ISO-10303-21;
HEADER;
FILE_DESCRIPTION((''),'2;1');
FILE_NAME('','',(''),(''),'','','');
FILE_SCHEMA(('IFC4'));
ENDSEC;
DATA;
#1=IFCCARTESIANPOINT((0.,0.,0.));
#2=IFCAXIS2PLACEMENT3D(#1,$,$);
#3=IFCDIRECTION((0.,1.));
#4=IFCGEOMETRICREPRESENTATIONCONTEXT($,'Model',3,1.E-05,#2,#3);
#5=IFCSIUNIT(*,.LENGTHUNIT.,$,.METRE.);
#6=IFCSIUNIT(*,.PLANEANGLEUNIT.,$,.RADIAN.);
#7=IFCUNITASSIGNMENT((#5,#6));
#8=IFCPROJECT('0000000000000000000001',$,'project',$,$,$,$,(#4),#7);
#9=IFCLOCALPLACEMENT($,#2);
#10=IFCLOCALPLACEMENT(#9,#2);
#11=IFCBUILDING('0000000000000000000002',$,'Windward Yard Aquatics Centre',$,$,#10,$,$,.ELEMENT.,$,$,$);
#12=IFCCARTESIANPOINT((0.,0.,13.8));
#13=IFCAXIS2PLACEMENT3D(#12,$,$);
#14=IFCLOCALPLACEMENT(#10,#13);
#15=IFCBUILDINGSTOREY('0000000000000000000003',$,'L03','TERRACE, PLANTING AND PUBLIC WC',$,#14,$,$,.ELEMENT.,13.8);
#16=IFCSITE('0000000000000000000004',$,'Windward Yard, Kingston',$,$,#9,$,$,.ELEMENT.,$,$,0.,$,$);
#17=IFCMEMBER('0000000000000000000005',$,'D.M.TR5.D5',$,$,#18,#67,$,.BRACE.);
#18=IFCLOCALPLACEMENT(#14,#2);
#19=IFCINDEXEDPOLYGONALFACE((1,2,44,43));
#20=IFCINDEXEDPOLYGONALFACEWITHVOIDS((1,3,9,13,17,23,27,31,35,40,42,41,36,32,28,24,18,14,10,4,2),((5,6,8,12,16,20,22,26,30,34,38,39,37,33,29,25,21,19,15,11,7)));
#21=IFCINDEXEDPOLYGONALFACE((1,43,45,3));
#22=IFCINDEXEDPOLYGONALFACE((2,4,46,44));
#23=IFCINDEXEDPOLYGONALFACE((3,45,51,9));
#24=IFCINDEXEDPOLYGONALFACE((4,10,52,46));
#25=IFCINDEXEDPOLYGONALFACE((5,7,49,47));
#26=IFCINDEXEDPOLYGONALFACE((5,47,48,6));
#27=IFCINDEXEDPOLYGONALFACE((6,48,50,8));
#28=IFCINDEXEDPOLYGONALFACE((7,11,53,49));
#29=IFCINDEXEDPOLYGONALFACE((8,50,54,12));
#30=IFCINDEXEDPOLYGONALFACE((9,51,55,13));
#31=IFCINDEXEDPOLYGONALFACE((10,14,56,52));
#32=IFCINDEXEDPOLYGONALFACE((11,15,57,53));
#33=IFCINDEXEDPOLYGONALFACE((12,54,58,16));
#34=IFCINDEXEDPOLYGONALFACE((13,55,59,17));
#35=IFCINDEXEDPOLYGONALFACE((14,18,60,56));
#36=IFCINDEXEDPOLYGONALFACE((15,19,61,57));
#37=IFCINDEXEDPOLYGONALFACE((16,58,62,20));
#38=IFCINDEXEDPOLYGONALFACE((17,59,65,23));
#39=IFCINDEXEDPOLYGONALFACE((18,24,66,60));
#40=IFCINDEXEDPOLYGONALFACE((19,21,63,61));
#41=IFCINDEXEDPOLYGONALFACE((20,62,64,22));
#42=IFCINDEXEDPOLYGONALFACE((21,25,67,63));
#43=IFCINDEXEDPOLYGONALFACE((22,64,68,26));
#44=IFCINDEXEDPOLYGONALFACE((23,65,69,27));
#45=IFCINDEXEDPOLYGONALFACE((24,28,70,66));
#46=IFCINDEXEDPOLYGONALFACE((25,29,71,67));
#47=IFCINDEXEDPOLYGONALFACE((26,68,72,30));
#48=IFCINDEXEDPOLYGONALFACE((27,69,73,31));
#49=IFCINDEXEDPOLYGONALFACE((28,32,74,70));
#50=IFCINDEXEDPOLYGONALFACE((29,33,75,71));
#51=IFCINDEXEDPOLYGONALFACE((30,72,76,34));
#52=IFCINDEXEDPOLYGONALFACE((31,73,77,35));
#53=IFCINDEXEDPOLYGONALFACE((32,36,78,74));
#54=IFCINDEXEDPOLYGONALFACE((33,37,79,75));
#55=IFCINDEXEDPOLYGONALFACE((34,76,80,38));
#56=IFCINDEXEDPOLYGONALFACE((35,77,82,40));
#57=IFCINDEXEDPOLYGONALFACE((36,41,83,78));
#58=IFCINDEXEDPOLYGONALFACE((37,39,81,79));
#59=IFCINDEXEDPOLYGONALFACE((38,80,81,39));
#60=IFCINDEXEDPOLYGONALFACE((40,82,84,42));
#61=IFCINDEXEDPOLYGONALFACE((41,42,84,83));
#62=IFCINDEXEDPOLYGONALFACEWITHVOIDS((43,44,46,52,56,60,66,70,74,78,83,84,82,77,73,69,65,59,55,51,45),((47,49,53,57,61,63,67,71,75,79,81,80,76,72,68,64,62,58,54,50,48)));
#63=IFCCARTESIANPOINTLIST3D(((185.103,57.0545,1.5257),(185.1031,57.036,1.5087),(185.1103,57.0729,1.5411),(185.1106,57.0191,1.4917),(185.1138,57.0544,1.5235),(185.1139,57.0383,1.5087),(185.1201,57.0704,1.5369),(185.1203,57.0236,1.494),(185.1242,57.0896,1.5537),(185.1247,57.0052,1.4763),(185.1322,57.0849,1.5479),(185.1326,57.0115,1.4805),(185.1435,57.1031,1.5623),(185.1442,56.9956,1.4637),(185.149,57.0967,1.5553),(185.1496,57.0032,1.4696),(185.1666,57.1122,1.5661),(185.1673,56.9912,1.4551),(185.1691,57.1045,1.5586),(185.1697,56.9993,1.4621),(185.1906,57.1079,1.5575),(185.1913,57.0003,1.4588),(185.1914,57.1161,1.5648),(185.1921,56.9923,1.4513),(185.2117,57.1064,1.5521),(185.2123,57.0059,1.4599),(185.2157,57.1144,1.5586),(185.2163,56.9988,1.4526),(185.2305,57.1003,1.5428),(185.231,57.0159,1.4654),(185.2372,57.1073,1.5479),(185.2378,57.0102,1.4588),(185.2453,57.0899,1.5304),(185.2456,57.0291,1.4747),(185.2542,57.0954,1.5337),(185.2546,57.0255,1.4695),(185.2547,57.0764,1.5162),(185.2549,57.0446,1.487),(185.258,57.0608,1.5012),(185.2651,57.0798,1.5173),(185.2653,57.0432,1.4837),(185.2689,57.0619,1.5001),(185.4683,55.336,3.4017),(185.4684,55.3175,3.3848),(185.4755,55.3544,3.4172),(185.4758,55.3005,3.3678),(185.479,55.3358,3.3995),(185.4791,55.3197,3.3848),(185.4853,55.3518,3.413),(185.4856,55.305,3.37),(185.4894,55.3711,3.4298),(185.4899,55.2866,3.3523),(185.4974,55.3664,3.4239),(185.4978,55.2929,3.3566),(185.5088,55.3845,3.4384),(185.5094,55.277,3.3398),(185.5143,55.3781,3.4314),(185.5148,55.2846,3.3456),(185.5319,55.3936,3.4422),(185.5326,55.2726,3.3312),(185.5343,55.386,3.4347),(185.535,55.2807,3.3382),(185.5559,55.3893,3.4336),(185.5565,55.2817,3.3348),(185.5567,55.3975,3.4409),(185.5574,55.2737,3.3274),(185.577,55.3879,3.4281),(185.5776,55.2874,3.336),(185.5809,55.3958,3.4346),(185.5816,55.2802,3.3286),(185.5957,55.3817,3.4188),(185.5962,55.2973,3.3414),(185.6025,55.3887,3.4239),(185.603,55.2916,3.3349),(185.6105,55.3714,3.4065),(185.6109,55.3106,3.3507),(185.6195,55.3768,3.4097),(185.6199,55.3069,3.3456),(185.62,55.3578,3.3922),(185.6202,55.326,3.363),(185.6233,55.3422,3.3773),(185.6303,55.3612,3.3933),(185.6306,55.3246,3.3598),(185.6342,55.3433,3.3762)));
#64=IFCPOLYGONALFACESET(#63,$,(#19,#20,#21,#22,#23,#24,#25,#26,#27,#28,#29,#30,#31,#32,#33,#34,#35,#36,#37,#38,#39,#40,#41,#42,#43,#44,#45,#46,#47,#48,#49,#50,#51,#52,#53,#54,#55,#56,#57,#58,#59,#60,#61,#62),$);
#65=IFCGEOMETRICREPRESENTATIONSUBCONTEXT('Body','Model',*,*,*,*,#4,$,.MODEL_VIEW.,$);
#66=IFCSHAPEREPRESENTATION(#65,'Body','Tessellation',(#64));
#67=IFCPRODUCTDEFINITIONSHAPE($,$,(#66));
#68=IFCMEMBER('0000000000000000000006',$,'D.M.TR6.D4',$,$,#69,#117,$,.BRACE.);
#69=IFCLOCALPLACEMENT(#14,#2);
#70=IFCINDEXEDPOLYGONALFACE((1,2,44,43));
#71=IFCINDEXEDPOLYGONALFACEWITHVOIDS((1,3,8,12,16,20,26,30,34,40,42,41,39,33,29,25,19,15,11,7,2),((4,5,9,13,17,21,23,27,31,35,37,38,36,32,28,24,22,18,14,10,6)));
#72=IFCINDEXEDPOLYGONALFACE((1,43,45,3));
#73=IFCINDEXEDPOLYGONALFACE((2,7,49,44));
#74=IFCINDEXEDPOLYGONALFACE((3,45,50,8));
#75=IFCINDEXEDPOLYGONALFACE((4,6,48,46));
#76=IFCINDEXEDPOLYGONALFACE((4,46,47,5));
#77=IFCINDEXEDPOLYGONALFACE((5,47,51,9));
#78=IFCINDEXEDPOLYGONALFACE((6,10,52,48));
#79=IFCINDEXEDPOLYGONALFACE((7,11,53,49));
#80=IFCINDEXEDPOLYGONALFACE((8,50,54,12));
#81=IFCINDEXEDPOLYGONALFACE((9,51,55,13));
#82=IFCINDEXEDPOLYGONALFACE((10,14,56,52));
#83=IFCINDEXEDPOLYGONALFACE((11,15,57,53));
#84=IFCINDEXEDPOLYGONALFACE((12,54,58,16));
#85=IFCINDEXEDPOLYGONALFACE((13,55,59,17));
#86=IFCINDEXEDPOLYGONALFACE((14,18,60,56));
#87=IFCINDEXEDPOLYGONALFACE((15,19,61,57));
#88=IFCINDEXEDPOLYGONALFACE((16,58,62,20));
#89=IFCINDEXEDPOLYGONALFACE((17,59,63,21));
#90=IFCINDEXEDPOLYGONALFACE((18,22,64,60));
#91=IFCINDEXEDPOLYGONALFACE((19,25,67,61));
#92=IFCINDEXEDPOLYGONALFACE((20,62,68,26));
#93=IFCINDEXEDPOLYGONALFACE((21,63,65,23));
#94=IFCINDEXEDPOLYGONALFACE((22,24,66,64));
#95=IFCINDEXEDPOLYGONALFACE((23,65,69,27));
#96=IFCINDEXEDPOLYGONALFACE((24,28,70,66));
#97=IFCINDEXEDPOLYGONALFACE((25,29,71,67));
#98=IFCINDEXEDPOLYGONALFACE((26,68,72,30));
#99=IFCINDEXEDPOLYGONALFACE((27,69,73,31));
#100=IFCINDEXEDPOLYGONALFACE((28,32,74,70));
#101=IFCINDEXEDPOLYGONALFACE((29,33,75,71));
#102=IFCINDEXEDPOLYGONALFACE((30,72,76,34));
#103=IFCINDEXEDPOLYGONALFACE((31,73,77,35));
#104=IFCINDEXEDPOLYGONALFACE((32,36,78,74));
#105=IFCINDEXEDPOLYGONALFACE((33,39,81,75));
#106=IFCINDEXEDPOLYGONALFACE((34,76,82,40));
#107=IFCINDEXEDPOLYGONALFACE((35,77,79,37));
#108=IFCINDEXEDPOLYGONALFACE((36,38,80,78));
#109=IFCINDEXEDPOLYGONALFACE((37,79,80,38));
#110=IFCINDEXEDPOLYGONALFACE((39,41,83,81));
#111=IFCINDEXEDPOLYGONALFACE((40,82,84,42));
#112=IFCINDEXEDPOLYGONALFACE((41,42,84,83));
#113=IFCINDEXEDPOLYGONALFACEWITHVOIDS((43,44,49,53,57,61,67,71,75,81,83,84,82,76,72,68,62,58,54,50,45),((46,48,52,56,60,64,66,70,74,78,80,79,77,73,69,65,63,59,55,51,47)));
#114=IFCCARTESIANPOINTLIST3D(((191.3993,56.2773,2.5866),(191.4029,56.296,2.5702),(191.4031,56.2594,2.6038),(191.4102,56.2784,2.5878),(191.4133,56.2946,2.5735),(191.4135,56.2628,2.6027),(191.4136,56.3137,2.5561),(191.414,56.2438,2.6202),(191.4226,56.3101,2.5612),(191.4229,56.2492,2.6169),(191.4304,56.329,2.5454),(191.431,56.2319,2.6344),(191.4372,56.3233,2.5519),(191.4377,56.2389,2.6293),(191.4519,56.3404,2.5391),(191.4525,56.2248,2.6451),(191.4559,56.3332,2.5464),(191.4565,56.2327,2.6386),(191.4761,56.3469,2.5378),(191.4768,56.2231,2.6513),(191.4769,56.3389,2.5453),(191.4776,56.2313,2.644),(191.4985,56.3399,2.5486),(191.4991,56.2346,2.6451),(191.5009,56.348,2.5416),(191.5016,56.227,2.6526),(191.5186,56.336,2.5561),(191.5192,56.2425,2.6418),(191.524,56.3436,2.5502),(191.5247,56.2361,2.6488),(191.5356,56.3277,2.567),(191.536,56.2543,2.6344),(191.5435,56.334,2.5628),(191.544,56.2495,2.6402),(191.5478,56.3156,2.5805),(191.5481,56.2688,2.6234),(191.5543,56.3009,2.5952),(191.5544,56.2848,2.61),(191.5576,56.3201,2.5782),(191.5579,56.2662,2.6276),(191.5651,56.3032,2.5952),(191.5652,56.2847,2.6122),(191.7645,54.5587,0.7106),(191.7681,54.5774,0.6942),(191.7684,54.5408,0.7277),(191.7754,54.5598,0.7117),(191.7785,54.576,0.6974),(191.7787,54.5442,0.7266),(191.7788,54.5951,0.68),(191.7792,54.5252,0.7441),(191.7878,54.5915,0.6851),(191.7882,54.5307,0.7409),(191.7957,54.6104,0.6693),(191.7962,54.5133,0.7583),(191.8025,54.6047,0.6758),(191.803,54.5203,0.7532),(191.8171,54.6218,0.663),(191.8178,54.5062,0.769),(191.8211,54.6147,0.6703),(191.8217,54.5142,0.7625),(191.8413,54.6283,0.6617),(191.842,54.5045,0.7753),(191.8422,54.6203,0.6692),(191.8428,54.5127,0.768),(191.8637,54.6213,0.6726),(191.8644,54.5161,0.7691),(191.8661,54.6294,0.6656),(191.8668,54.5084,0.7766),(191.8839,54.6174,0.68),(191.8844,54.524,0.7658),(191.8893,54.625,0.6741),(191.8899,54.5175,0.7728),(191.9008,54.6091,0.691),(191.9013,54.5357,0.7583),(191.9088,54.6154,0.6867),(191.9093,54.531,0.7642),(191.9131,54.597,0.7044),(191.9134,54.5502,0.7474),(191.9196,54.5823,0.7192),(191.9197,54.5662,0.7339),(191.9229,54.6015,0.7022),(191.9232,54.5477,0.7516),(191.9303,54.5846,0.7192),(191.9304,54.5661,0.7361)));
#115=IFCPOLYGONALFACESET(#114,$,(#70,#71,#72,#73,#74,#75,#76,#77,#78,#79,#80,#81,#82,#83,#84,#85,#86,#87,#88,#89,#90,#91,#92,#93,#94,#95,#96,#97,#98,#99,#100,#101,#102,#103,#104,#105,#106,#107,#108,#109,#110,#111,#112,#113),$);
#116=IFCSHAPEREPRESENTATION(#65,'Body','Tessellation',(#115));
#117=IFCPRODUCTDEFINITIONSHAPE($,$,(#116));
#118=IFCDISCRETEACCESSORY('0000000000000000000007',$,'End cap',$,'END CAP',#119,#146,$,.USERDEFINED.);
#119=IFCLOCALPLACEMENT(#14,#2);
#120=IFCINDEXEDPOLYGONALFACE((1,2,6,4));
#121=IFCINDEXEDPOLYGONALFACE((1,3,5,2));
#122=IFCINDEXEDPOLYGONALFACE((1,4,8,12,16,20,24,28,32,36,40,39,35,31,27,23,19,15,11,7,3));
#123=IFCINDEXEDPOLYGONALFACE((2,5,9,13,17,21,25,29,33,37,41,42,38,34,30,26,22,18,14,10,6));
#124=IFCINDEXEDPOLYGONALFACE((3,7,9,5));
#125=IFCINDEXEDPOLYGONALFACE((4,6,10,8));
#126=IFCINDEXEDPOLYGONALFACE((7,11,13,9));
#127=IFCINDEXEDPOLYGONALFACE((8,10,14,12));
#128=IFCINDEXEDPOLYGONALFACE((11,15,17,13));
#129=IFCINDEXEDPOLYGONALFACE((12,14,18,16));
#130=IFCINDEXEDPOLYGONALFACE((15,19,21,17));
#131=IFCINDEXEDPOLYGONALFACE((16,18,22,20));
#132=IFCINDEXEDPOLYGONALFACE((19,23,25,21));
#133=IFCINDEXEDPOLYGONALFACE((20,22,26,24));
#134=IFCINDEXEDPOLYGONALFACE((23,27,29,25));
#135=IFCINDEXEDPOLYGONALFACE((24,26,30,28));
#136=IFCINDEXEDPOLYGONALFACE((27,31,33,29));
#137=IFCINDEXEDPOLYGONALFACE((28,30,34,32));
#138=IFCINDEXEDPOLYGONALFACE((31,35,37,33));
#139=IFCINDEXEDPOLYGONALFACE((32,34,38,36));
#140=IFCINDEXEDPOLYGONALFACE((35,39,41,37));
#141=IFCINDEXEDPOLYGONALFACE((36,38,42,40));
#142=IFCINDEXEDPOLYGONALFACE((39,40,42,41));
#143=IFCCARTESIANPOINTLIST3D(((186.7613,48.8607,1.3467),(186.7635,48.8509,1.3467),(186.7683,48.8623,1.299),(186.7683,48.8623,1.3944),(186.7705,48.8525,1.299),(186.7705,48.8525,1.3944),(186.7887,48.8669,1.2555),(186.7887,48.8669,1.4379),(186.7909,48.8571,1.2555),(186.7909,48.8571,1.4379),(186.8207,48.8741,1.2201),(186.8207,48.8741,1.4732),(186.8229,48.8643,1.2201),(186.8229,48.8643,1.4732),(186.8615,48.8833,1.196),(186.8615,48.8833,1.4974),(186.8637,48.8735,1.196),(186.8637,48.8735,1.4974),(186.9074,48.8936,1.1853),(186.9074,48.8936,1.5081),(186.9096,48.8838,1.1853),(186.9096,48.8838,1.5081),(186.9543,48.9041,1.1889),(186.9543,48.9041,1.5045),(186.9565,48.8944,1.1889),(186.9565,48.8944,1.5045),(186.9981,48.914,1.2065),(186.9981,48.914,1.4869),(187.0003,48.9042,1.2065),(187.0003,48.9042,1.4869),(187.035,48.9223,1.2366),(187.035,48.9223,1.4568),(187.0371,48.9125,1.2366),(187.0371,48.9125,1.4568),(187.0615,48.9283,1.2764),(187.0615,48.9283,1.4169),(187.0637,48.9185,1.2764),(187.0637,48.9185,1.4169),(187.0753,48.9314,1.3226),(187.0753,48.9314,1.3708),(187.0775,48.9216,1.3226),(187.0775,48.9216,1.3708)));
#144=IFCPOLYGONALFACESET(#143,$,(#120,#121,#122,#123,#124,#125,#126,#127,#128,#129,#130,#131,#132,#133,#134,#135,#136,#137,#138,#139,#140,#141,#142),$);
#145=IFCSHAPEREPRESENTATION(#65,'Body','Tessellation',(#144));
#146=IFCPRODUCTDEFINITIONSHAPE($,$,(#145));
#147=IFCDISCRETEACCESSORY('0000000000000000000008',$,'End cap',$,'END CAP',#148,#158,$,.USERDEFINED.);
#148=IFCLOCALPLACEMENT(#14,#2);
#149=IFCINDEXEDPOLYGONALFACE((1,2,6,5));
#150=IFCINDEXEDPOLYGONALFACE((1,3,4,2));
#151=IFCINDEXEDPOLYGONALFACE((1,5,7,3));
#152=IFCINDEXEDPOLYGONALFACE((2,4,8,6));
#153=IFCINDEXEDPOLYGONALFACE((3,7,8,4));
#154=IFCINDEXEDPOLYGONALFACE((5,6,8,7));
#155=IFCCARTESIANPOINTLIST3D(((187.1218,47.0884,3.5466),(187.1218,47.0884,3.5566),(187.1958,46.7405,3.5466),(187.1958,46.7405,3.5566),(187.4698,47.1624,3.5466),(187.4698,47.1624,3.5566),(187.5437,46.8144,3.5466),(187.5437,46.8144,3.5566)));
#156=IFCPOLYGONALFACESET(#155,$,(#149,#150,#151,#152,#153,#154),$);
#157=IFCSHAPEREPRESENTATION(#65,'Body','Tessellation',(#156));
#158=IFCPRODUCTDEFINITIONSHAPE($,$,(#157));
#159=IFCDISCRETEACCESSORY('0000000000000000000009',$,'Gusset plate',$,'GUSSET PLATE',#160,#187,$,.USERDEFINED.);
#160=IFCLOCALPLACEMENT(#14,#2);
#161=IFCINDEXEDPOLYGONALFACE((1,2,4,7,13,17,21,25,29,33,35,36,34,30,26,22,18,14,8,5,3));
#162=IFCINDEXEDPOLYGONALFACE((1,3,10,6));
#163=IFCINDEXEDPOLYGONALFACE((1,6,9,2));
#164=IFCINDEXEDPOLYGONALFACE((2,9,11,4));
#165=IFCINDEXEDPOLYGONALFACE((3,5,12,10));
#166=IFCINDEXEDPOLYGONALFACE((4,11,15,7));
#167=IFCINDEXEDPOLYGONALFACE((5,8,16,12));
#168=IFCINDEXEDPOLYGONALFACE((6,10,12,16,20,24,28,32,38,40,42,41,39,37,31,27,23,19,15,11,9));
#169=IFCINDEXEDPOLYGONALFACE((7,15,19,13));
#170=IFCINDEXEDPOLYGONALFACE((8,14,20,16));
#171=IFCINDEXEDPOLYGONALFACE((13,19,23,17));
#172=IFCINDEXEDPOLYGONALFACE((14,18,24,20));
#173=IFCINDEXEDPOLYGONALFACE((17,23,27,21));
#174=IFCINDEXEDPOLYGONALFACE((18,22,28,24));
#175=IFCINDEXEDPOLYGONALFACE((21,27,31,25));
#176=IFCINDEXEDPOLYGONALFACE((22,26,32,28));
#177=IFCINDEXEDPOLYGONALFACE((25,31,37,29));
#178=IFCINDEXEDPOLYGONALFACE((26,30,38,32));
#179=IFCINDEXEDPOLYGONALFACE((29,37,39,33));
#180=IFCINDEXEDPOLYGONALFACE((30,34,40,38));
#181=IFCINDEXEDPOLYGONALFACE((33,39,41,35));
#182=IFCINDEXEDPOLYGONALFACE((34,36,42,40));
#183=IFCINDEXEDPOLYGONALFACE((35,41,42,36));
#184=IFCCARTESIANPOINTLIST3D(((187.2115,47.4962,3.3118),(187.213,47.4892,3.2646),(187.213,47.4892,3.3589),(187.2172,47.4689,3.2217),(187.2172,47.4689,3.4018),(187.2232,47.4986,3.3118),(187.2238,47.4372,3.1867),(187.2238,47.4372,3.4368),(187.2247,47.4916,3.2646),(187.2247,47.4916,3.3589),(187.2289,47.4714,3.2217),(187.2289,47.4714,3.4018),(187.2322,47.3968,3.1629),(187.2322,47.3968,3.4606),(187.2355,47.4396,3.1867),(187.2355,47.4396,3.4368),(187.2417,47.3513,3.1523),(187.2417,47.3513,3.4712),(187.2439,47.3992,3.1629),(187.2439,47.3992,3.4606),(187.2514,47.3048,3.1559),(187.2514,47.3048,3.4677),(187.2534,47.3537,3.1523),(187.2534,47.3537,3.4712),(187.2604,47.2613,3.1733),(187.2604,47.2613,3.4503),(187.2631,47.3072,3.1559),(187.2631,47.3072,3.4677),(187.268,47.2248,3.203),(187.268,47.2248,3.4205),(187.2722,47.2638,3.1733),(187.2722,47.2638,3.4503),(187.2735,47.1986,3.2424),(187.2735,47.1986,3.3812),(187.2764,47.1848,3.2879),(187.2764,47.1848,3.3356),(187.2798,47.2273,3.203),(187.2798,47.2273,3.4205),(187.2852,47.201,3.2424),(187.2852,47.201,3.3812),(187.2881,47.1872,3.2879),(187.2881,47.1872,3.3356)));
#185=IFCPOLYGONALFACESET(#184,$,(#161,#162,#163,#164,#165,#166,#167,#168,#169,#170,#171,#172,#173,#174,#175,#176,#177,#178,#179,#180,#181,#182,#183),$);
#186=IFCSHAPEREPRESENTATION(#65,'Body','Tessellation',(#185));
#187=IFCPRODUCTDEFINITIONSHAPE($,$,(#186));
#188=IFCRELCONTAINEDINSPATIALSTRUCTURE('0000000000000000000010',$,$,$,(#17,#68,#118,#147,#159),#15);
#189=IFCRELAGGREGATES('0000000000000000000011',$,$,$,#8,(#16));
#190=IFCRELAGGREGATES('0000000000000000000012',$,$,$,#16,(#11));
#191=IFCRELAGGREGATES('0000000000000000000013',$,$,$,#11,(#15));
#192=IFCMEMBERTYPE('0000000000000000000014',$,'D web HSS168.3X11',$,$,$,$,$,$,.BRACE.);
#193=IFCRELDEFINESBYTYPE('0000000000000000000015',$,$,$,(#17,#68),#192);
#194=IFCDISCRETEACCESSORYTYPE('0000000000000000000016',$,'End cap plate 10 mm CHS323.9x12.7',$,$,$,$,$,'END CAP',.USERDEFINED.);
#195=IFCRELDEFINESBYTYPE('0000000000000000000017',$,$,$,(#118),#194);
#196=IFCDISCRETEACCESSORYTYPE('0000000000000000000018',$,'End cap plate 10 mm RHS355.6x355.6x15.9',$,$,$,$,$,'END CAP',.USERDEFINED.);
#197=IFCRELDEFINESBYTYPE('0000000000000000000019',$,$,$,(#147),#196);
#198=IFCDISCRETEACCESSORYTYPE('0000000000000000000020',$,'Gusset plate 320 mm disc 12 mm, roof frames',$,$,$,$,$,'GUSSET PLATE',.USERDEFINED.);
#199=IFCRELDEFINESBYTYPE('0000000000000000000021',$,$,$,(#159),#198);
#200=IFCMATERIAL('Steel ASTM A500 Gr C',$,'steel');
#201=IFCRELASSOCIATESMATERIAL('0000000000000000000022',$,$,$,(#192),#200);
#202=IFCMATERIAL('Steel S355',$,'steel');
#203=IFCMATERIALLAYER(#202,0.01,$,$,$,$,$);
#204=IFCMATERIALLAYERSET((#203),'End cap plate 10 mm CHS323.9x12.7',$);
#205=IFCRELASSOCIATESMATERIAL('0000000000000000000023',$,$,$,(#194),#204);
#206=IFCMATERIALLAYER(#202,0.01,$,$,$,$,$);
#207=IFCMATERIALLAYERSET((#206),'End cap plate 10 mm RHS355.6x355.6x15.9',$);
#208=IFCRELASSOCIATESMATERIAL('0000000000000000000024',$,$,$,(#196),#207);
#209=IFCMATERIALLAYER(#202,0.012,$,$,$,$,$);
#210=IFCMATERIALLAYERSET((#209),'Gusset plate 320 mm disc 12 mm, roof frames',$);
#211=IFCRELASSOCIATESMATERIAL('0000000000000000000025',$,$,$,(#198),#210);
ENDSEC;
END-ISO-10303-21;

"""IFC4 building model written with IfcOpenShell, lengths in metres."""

from ifc_helpers import new_model, si_unit, direction, frame, origin, origin_2d, place, context, subcontext, project, spatial, rectangle, circle, hollow_circle, extrude, material, layer, layer_set, material_profile, profile_set, type_object, element, save


model = new_model("IFC4")

# Units and contexts
model_context = context("Model", 3, precision=1e-05, world=origin(), true_north=direction((0.0, 1.0)))
body_context = subcontext(model_context, "Body", "Model", "MODEL_VIEW")
ifc_project = project(units=[si_unit("LENGTHUNIT", "METRE"), si_unit("PLANEANGLEUNIT", "RADIAN")], contexts=[model_context])

# Site, building, storey
site_placement = place(None, origin())
site = spatial("IfcSite", under=ifc_project, at=site_placement, Name="Windward Yard, Kingston", CompositionType="ELEMENT", RefElevation=0.0)
building_placement = place(site_placement, origin())
building = spatial("IfcBuilding", under=site, at=building_placement, Name="Windward Yard Aquatics Centre", CompositionType="ELEMENT")
storey_placement = place(building_placement, frame((0.0, 0.0, 13.8)))
storey = spatial("IfcBuildingStorey", under=building, at=storey_placement, Name="L03", Description="TERRACE, PLANTING AND PUBLIC WC", CompositionType="ELEMENT", Elevation=13.8)

# Shared definitions
ifc_material_1 = material(Name="Steel ASTM A500 Gr C", Category="steel")

# Members
ifc_material_profile_1 = material_profile(ifc_material_1, hollow_circle(Radius=0.0842, WallThickness=0.011, at=origin_2d()), Name="HSS168.3X11")
ifc_profile_set_1 = profile_set([ifc_material_profile_1], Name="Steel ASTM A500 Gr C")
member_type_1 = type_object("IfcMemberType", Name="D web HSS168.3X11", PredefinedType="BRACE", material=ifc_profile_set_1)
for number, where, z_axis, x_axis, name in (
    (1, (185.5508, 55.335, 3.3848), (-0.142103, 0.668626, -0.729894), (-0.978153, -0.207887, 0.0), "D.M.TR5.D5"),
    (2, (191.4827, 56.2856, 2.5952), (0.142103, -0.668626, -0.729894), (0.978153, 0.207887, 0.0), "D.M.TR6.D4"),
):
    element("IfcMember", number, at=place(storey_placement, frame(where, z_axis=z_axis, x_axis=x_axis)), inside=storey, type_object=member_type_1, Name=name, PredefinedType="BRACE", context=body_context, shape_type="SweptSolid", body=[
        extrude(hollow_circle(Radius=0.0842, WallThickness=0.011, at=origin_2d()), origin(), (0.0, 0.0, 1.0), 2.5703),
    ])

# Discrete accessories
ifc_material_2 = material(Name="Steel S355", Category="steel")
ifc_layer_1 = layer(ifc_material_2, 0.01)
ifc_layer_set_1 = layer_set([ifc_layer_1], Name="End cap plate 10 mm CHS323.9x12.7")
discrete_accessory_type_1 = type_object("IfcDiscreteAccessoryType", Name="End cap plate 10 mm CHS323.9x12.7", ElementType="END CAP", PredefinedType="USERDEFINED", material=ifc_layer_set_1)
discrete_accessory_1_placement = place(storey_placement, frame((186.9214, 48.8865, 1.3467), z_axis=(-0.219512, 0.97561, 0.0), x_axis=(-0.97561, -0.219512, 0.0)))
element("IfcDiscreteAccessory", 3, at=discrete_accessory_1_placement, inside=storey, type_object=discrete_accessory_type_1, Name="End cap", ObjectType="END CAP", PredefinedType="USERDEFINED", context=body_context, shape_type="SweptSolid", body=[
    extrude(circle(Radius=0.1619, at=origin_2d()), origin(), (0.0, 0.0, 1.0), 0.01),
])
ifc_layer_2 = layer(ifc_material_2, 0.01)
ifc_layer_set_2 = layer_set([ifc_layer_2], Name="End cap plate 10 mm RHS355.6x355.6x15.9")
discrete_accessory_type_2 = type_object("IfcDiscreteAccessoryType", Name="End cap plate 10 mm RHS355.6x355.6x15.9", ElementType="END CAP", PredefinedType="USERDEFINED", material=ifc_layer_set_2)
discrete_accessory_2_placement = place(storey_placement, frame((187.3328, 46.9514, 3.5466), z_axis=(0.0, 0.0, 1.0), x_axis=(0.978148, 0.207912, 0.0)))
element("IfcDiscreteAccessory", 4, at=discrete_accessory_2_placement, inside=storey, type_object=discrete_accessory_type_2, Name="End cap", ObjectType="END CAP", PredefinedType="USERDEFINED", context=body_context, shape_type="SweptSolid", body=[
    extrude(rectangle(XDim=0.3557, YDim=0.3557, at=origin_2d()), origin(), (0.0, 0.0, 1.0), 0.01),
])
ifc_layer_3 = layer(ifc_material_2, 0.012)
ifc_layer_set_3 = layer_set([ifc_layer_3], Name="Gusset plate 320 mm disc 12 mm, roof frames")
discrete_accessory_type_3 = type_object("IfcDiscreteAccessoryType", Name="Gusset plate 320 mm disc 12 mm, roof frames", ElementType="GUSSET PLATE", PredefinedType="USERDEFINED", material=ifc_layer_set_3)
for number, where, z_axis, x_axis, name in (
    (5, (187.2441, 47.3396, 3.3118), (0.97898, 0.203954, 0.0), (-0.203954, 0.97898, 0.0), "Gusset plate"),
):
    element("IfcDiscreteAccessory", number, at=place(storey_placement, frame(where, z_axis=z_axis, x_axis=x_axis)), inside=storey, type_object=discrete_accessory_type_3, Name=name, ObjectType="GUSSET PLATE", PredefinedType="USERDEFINED", context=body_context, shape_type="SweptSolid", body=[
        extrude(circle(Radius=0.1599, at=origin_2d()), origin(), (0.0, 0.0, 1.0), 0.012),
    ])

save(model, "model.ifc")
